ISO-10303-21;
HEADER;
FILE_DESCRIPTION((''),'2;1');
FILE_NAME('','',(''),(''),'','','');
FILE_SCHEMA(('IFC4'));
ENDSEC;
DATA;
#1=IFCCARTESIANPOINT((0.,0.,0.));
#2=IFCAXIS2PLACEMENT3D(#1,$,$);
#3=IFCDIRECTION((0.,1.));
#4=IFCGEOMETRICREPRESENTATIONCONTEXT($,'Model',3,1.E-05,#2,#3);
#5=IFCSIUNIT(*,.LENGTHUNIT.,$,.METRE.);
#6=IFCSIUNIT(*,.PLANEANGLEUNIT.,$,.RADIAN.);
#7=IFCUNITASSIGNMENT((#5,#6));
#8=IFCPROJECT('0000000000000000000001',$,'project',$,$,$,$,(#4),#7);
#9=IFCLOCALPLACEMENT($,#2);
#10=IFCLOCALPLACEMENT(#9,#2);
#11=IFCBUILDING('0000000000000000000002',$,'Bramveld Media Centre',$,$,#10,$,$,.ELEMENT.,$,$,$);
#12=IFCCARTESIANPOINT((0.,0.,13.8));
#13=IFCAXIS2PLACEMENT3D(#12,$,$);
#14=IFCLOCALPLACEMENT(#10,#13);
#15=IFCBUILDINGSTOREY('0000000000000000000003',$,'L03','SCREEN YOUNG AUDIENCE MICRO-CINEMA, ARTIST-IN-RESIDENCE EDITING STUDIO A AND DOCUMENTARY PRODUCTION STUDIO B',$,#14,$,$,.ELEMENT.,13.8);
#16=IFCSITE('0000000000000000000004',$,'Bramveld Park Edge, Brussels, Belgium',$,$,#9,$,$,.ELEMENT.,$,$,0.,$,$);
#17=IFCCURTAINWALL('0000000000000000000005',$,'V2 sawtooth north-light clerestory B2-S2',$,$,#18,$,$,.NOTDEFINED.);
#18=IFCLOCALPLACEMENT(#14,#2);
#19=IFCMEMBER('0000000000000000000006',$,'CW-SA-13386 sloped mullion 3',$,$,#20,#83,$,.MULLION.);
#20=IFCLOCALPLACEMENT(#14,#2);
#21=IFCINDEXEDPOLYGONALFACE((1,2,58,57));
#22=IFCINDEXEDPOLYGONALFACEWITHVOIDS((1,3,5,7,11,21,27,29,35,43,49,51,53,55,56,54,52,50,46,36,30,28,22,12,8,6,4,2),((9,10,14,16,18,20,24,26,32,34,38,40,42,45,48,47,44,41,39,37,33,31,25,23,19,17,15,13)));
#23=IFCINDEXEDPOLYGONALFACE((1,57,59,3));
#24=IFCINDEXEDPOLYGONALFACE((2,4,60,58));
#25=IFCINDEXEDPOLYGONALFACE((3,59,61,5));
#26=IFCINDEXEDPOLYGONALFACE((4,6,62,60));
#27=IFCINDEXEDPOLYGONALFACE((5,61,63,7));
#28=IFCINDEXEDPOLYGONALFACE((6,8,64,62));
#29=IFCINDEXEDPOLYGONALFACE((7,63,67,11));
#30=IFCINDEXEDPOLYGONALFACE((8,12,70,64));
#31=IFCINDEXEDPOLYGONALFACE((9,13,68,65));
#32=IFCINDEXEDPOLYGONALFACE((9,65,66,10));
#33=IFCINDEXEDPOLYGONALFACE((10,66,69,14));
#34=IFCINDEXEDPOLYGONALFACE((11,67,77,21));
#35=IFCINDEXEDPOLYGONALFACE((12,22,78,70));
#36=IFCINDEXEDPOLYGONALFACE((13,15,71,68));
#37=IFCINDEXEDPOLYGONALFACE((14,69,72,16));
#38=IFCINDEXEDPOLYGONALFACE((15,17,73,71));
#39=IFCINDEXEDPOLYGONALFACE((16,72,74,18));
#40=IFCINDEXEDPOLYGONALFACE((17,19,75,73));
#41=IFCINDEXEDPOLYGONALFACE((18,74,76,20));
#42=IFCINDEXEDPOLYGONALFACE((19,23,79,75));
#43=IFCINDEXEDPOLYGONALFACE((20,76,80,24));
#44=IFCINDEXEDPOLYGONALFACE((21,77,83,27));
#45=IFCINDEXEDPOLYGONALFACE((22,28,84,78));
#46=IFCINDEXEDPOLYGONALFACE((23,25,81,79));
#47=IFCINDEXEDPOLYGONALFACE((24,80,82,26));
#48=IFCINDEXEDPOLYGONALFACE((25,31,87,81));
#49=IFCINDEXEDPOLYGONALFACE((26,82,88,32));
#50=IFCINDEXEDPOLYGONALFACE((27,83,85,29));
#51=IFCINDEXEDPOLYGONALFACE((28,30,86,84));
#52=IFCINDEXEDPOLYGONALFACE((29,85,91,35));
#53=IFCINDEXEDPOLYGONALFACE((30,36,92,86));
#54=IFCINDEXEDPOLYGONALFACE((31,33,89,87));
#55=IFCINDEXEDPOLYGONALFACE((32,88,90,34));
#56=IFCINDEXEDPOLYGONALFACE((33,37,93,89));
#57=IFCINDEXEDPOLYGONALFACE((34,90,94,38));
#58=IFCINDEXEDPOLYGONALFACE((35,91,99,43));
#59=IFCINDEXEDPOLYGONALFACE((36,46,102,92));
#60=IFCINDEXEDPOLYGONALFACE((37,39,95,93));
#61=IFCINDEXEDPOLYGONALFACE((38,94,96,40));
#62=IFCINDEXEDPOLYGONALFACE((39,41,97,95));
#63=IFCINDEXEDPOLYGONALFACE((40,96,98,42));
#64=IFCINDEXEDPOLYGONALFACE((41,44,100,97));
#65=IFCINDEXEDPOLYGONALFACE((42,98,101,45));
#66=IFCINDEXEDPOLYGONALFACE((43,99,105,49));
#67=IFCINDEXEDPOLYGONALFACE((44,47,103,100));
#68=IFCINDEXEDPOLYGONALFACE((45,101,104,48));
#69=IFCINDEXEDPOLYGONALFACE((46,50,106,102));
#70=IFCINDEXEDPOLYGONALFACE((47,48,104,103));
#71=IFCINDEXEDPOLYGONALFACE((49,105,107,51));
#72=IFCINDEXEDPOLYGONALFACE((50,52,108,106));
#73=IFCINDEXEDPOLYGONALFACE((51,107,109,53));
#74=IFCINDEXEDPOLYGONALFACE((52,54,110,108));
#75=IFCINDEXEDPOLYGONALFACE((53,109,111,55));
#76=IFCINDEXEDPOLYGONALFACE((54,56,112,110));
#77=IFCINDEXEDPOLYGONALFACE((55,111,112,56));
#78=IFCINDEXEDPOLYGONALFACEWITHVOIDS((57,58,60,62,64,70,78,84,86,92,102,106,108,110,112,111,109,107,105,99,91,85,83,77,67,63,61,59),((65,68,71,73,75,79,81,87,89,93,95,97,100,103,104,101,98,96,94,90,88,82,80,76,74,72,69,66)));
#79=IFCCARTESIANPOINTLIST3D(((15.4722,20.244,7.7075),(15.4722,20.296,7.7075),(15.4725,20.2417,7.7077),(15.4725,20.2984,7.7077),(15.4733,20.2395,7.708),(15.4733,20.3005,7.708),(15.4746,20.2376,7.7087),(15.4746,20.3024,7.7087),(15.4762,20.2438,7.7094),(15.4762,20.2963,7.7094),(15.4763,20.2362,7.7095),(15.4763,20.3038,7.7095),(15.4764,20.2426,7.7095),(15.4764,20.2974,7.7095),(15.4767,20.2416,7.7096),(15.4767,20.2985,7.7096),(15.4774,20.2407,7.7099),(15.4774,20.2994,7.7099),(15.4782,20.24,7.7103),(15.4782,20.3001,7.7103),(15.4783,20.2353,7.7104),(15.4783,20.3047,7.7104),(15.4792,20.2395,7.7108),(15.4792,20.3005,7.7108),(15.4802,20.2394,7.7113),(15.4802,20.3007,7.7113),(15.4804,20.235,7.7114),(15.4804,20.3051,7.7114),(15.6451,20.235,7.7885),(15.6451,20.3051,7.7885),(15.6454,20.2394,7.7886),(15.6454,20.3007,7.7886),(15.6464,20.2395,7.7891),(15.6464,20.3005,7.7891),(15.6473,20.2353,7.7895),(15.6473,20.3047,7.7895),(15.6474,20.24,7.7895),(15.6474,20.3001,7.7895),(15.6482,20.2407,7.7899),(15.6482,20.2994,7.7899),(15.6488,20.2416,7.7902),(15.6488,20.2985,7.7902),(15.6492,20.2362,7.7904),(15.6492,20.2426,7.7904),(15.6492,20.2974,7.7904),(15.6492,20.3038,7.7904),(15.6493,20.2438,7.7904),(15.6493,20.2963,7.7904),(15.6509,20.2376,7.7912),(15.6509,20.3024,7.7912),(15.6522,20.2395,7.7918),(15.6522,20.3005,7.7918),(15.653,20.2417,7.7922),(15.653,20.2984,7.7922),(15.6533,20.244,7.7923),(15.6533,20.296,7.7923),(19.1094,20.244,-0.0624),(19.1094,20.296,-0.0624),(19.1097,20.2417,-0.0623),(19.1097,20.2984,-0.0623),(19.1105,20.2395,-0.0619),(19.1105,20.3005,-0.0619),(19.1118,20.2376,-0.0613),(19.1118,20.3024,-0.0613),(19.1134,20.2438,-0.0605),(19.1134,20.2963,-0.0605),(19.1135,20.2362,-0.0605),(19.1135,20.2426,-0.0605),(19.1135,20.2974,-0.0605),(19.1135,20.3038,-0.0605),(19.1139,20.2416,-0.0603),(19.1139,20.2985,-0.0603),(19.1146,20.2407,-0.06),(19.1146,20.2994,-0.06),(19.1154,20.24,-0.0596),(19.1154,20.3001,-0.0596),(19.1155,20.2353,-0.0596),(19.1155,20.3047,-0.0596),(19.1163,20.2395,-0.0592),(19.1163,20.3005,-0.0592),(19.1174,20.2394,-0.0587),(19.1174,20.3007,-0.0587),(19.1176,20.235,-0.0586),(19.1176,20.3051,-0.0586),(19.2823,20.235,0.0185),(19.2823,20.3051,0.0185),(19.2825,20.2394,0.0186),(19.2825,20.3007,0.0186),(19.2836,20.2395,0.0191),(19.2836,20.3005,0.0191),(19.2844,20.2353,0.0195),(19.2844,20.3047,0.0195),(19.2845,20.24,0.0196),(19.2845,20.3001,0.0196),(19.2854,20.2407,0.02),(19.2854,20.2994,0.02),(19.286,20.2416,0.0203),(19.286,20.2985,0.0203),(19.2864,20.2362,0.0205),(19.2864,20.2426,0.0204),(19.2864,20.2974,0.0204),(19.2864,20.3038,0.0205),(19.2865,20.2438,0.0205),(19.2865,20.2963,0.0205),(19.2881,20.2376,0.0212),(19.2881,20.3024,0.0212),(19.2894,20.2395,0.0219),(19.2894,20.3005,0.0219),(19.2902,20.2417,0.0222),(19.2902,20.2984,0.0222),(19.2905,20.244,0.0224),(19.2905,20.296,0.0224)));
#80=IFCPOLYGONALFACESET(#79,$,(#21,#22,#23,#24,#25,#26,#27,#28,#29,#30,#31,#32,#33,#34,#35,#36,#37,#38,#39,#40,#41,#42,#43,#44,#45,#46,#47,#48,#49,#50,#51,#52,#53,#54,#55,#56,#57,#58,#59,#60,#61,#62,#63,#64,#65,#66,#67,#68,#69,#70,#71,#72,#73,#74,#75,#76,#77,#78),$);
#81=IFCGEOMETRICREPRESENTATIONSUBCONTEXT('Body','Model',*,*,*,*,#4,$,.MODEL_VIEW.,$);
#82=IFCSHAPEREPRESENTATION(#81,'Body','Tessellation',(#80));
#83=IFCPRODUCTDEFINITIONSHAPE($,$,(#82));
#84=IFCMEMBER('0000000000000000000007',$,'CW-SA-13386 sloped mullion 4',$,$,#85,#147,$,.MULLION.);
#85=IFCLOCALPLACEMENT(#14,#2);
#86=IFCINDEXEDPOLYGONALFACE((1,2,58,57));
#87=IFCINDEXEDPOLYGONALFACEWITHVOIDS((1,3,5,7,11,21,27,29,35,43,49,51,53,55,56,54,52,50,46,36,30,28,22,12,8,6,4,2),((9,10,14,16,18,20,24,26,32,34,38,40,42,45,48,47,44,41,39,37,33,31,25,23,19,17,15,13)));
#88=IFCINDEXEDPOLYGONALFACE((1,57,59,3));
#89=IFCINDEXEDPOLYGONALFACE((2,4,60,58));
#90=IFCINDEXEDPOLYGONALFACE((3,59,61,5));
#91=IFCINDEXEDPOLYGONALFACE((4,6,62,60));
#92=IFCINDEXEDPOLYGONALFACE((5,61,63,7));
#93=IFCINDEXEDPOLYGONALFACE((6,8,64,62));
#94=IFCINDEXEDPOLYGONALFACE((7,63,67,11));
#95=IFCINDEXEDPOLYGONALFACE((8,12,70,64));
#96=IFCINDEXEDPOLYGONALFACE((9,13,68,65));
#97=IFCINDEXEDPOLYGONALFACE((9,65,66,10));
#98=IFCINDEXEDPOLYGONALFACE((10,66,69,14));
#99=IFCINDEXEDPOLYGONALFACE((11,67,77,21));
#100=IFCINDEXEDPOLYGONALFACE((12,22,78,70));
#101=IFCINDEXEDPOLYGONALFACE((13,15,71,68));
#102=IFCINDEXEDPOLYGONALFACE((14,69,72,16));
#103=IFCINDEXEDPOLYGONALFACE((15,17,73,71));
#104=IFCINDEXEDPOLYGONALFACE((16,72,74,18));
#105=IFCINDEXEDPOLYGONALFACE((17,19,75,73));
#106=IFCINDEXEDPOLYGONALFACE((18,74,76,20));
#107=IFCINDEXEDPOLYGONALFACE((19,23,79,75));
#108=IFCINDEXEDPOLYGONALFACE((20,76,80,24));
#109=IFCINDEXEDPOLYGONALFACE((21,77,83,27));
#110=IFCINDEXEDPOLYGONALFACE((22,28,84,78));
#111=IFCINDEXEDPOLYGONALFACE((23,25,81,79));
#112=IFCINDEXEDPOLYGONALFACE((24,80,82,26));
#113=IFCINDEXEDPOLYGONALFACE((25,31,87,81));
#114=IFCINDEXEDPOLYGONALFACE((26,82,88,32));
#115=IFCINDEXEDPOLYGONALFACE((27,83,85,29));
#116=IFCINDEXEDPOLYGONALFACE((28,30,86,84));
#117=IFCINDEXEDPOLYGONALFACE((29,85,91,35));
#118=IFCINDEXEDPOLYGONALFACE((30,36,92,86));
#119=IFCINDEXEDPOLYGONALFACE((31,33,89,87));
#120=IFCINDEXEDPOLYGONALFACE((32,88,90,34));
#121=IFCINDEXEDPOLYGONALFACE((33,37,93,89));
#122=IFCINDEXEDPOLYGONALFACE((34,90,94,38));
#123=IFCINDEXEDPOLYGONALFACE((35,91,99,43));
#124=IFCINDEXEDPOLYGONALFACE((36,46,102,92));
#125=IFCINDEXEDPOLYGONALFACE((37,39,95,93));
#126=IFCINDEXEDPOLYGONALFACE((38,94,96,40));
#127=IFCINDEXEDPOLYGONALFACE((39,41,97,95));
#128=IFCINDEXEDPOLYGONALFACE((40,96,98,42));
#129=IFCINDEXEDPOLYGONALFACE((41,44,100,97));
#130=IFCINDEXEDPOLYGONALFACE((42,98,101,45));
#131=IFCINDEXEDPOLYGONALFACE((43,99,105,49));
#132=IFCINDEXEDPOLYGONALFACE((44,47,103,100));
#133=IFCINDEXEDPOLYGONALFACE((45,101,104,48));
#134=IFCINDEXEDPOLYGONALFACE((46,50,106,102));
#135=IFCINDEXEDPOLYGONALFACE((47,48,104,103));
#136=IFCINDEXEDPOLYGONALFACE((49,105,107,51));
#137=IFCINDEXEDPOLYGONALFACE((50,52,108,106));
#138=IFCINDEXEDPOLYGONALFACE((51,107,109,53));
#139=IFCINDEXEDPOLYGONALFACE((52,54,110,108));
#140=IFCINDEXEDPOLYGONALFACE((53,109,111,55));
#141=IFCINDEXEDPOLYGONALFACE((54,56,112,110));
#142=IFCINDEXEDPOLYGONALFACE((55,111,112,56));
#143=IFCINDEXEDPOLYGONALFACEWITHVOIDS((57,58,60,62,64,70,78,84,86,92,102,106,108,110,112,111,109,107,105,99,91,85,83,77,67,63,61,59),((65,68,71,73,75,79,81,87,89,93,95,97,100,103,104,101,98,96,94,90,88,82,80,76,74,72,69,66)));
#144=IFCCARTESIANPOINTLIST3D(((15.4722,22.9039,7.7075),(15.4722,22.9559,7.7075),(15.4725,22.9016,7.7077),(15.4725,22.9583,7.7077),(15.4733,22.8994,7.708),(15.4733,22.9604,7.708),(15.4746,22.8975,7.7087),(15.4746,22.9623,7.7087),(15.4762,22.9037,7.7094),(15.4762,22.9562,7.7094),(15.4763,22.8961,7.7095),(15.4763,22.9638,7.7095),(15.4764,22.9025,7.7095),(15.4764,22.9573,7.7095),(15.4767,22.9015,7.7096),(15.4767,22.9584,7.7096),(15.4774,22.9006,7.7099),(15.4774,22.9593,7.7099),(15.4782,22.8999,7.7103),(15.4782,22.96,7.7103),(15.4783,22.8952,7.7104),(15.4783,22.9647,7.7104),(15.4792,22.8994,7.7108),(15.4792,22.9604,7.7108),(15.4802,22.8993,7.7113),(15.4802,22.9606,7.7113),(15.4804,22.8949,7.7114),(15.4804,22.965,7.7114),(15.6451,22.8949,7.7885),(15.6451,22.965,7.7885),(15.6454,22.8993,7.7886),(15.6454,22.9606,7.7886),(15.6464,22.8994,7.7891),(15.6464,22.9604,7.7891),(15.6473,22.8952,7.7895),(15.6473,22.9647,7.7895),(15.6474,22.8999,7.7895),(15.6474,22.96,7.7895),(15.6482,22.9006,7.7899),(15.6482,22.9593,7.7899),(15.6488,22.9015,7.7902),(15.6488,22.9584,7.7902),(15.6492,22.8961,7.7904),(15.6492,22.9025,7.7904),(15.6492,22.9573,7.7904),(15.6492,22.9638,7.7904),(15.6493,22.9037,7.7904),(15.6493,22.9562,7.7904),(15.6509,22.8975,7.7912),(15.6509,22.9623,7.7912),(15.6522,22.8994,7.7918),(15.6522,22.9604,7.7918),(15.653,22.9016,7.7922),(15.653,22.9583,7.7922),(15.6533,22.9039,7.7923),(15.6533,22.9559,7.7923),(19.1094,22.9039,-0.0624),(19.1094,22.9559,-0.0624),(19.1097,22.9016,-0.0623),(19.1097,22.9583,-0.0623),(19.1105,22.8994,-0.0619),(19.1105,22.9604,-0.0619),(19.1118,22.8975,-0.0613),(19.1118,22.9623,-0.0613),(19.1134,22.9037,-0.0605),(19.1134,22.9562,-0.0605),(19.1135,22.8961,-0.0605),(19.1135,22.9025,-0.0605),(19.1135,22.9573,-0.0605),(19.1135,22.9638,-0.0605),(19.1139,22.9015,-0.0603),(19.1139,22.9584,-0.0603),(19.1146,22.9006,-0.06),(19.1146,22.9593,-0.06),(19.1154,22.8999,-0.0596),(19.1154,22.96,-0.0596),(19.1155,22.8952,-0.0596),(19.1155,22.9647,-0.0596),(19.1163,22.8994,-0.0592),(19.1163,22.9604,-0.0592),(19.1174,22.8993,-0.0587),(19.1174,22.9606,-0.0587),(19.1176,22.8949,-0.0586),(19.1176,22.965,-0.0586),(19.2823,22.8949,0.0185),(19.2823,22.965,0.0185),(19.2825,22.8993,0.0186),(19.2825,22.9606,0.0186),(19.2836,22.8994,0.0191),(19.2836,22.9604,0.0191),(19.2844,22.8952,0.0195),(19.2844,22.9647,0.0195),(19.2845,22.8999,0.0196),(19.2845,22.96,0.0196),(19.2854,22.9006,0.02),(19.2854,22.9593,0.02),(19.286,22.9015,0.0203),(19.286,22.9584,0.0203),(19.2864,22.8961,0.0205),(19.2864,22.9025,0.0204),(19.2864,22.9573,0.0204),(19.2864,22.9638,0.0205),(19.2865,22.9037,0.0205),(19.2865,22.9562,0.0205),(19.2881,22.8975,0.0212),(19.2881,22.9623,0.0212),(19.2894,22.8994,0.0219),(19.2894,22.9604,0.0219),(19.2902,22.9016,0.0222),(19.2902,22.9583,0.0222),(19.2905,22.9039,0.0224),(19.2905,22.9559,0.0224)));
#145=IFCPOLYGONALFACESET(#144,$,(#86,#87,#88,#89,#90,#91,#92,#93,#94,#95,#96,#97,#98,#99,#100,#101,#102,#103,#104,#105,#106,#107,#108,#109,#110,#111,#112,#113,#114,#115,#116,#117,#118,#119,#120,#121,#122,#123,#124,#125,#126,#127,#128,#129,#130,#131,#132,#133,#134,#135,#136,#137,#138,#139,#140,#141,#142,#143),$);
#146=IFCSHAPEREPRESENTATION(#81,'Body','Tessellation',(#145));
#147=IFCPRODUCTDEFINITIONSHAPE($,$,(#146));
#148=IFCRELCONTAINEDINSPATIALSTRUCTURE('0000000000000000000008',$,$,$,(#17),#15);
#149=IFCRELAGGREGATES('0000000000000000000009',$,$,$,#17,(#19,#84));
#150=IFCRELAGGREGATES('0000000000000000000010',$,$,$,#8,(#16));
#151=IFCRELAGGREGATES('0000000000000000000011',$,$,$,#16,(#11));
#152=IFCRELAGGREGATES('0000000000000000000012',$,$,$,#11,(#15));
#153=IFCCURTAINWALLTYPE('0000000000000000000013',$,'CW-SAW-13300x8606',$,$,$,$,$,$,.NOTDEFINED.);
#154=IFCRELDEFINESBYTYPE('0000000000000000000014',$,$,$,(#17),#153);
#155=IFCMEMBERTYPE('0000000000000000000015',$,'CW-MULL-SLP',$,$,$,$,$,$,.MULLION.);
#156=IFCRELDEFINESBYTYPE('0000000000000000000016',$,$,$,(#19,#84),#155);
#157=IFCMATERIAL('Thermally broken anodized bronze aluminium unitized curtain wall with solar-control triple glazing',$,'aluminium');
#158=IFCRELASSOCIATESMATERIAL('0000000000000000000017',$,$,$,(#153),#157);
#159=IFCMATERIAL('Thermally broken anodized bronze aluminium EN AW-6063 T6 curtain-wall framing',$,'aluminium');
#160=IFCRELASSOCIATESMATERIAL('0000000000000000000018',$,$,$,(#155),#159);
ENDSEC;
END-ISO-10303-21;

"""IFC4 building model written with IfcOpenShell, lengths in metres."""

from ifc_helpers import new_model, si_unit, direction, frame, origin, origin_2d, place, context, subcontext, project, spatial, hollow_rectangle, extrude, material, material_profile, profile_set, type_object, element, aggregate, save


model = new_model("IFC4")

# Units and contexts
model_context = context("Model", 3, precision=1e-05, world=origin(), true_north=direction((0.0, 1.0)))
body_context = subcontext(model_context, "Body", "Model", "MODEL_VIEW")
ifc_project = project(units=[si_unit("LENGTHUNIT", "METRE"), si_unit("PLANEANGLEUNIT", "RADIAN")], contexts=[model_context])

# Site, building, storey
site_placement = place(None, origin())
site = spatial("IfcSite", under=ifc_project, at=site_placement, Name="Bramveld Park Edge, Brussels, Belgium", CompositionType="ELEMENT", RefElevation=0.0)
building_placement = place(site_placement, origin())
building = spatial("IfcBuilding", under=site, at=building_placement, Name="Bramveld Media Centre", CompositionType="ELEMENT")
storey_placement = place(building_placement, frame((0.0, 0.0, 13.8)))
storey = spatial("IfcBuildingStorey", under=building, at=storey_placement, Name="L03", Description="SCREEN YOUNG AUDIENCE MICRO-CINEMA, ARTIST-IN-RESIDENCE EDITING STUDIO A AND DOCUMENTARY PRODUCTION STUDIO B", CompositionType="ELEMENT", Elevation=13.8)

# Curtain wall, members
ifc_material_1 = material(Name="Thermally broken anodized bronze aluminium unitized curtain wall with solar-control triple glazing", Category="aluminium")
curtain_wall_type = type_object("IfcCurtainWallType", Name="CW-SAW-13300x8606", PredefinedType="NOTDEFINED", material=ifc_material_1)
ifc_material_2 = material(Name="Thermally broken anodized bronze aluminium EN AW-6063 T6 curtain-wall framing", Category="aluminium")
ifc_material_profile_1 = material_profile(ifc_material_2, hollow_rectangle(XDim=0.0701, YDim=0.2, WallThickness=0.0044, InnerFilletRadius=0.0044, OuterFilletRadius=0.009, at=origin_2d()), Name="AL-MULL 70x200")
ifc_profile_set_1 = profile_set([ifc_material_profile_1], Name="Thermally broken anodized bronze aluminium EN AW-6063 T6 curtain-wall framing")
member_type_1 = type_object("IfcMemberType", Name="CW-MULL-SLP", PredefinedType="MULLION", material=ifc_profile_set_1)
curtain_wall_1_placement = place(storey_placement, origin())
curtain_wall_1 = element("IfcCurtainWall", 1, at=curtain_wall_1_placement, inside=storey, type_object=curtain_wall_type, Name="V2 sawtooth north-light clerestory B2-S2", PredefinedType="NOTDEFINED")
member_1_placement = place(storey_placement, frame((19.2, 20.27, -0.02), z_axis=(-0.423957, 0.0, 0.905682), x_axis=(0.0, -1.0, 0.0)))
member_1 = element("IfcMember", 2, at=member_1_placement, type_object=member_type_1, Name="CW-SA-13386 sloped mullion 3", PredefinedType="MULLION", context=body_context, shape_type="SweptSolid", body=[
    extrude(hollow_rectangle(XDim=0.0701, YDim=0.2, WallThickness=0.0044, InnerFilletRadius=0.0044, OuterFilletRadius=0.009, at=origin_2d()), origin(), (0.0, 0.0, 1.0), 8.5791),
])
member_2_placement = place(storey_placement, frame((19.2, 22.9299, -0.02), z_axis=(-0.423957, 0.0, 0.905682), x_axis=(0.0, -1.0, 0.0)))
member_2 = element("IfcMember", 3, at=member_2_placement, type_object=member_type_1, Name="CW-SA-13386 sloped mullion 4", PredefinedType="MULLION", context=body_context, shape_type="SweptSolid", body=[
    extrude(hollow_rectangle(XDim=0.0701, YDim=0.2, WallThickness=0.0044, InnerFilletRadius=0.0044, OuterFilletRadius=0.009, at=origin_2d()), origin(), (0.0, 0.0, 1.0), 8.5791),
])

aggregate(curtain_wall_1, [member_1, member_2])

save(model, "model.ifc")
